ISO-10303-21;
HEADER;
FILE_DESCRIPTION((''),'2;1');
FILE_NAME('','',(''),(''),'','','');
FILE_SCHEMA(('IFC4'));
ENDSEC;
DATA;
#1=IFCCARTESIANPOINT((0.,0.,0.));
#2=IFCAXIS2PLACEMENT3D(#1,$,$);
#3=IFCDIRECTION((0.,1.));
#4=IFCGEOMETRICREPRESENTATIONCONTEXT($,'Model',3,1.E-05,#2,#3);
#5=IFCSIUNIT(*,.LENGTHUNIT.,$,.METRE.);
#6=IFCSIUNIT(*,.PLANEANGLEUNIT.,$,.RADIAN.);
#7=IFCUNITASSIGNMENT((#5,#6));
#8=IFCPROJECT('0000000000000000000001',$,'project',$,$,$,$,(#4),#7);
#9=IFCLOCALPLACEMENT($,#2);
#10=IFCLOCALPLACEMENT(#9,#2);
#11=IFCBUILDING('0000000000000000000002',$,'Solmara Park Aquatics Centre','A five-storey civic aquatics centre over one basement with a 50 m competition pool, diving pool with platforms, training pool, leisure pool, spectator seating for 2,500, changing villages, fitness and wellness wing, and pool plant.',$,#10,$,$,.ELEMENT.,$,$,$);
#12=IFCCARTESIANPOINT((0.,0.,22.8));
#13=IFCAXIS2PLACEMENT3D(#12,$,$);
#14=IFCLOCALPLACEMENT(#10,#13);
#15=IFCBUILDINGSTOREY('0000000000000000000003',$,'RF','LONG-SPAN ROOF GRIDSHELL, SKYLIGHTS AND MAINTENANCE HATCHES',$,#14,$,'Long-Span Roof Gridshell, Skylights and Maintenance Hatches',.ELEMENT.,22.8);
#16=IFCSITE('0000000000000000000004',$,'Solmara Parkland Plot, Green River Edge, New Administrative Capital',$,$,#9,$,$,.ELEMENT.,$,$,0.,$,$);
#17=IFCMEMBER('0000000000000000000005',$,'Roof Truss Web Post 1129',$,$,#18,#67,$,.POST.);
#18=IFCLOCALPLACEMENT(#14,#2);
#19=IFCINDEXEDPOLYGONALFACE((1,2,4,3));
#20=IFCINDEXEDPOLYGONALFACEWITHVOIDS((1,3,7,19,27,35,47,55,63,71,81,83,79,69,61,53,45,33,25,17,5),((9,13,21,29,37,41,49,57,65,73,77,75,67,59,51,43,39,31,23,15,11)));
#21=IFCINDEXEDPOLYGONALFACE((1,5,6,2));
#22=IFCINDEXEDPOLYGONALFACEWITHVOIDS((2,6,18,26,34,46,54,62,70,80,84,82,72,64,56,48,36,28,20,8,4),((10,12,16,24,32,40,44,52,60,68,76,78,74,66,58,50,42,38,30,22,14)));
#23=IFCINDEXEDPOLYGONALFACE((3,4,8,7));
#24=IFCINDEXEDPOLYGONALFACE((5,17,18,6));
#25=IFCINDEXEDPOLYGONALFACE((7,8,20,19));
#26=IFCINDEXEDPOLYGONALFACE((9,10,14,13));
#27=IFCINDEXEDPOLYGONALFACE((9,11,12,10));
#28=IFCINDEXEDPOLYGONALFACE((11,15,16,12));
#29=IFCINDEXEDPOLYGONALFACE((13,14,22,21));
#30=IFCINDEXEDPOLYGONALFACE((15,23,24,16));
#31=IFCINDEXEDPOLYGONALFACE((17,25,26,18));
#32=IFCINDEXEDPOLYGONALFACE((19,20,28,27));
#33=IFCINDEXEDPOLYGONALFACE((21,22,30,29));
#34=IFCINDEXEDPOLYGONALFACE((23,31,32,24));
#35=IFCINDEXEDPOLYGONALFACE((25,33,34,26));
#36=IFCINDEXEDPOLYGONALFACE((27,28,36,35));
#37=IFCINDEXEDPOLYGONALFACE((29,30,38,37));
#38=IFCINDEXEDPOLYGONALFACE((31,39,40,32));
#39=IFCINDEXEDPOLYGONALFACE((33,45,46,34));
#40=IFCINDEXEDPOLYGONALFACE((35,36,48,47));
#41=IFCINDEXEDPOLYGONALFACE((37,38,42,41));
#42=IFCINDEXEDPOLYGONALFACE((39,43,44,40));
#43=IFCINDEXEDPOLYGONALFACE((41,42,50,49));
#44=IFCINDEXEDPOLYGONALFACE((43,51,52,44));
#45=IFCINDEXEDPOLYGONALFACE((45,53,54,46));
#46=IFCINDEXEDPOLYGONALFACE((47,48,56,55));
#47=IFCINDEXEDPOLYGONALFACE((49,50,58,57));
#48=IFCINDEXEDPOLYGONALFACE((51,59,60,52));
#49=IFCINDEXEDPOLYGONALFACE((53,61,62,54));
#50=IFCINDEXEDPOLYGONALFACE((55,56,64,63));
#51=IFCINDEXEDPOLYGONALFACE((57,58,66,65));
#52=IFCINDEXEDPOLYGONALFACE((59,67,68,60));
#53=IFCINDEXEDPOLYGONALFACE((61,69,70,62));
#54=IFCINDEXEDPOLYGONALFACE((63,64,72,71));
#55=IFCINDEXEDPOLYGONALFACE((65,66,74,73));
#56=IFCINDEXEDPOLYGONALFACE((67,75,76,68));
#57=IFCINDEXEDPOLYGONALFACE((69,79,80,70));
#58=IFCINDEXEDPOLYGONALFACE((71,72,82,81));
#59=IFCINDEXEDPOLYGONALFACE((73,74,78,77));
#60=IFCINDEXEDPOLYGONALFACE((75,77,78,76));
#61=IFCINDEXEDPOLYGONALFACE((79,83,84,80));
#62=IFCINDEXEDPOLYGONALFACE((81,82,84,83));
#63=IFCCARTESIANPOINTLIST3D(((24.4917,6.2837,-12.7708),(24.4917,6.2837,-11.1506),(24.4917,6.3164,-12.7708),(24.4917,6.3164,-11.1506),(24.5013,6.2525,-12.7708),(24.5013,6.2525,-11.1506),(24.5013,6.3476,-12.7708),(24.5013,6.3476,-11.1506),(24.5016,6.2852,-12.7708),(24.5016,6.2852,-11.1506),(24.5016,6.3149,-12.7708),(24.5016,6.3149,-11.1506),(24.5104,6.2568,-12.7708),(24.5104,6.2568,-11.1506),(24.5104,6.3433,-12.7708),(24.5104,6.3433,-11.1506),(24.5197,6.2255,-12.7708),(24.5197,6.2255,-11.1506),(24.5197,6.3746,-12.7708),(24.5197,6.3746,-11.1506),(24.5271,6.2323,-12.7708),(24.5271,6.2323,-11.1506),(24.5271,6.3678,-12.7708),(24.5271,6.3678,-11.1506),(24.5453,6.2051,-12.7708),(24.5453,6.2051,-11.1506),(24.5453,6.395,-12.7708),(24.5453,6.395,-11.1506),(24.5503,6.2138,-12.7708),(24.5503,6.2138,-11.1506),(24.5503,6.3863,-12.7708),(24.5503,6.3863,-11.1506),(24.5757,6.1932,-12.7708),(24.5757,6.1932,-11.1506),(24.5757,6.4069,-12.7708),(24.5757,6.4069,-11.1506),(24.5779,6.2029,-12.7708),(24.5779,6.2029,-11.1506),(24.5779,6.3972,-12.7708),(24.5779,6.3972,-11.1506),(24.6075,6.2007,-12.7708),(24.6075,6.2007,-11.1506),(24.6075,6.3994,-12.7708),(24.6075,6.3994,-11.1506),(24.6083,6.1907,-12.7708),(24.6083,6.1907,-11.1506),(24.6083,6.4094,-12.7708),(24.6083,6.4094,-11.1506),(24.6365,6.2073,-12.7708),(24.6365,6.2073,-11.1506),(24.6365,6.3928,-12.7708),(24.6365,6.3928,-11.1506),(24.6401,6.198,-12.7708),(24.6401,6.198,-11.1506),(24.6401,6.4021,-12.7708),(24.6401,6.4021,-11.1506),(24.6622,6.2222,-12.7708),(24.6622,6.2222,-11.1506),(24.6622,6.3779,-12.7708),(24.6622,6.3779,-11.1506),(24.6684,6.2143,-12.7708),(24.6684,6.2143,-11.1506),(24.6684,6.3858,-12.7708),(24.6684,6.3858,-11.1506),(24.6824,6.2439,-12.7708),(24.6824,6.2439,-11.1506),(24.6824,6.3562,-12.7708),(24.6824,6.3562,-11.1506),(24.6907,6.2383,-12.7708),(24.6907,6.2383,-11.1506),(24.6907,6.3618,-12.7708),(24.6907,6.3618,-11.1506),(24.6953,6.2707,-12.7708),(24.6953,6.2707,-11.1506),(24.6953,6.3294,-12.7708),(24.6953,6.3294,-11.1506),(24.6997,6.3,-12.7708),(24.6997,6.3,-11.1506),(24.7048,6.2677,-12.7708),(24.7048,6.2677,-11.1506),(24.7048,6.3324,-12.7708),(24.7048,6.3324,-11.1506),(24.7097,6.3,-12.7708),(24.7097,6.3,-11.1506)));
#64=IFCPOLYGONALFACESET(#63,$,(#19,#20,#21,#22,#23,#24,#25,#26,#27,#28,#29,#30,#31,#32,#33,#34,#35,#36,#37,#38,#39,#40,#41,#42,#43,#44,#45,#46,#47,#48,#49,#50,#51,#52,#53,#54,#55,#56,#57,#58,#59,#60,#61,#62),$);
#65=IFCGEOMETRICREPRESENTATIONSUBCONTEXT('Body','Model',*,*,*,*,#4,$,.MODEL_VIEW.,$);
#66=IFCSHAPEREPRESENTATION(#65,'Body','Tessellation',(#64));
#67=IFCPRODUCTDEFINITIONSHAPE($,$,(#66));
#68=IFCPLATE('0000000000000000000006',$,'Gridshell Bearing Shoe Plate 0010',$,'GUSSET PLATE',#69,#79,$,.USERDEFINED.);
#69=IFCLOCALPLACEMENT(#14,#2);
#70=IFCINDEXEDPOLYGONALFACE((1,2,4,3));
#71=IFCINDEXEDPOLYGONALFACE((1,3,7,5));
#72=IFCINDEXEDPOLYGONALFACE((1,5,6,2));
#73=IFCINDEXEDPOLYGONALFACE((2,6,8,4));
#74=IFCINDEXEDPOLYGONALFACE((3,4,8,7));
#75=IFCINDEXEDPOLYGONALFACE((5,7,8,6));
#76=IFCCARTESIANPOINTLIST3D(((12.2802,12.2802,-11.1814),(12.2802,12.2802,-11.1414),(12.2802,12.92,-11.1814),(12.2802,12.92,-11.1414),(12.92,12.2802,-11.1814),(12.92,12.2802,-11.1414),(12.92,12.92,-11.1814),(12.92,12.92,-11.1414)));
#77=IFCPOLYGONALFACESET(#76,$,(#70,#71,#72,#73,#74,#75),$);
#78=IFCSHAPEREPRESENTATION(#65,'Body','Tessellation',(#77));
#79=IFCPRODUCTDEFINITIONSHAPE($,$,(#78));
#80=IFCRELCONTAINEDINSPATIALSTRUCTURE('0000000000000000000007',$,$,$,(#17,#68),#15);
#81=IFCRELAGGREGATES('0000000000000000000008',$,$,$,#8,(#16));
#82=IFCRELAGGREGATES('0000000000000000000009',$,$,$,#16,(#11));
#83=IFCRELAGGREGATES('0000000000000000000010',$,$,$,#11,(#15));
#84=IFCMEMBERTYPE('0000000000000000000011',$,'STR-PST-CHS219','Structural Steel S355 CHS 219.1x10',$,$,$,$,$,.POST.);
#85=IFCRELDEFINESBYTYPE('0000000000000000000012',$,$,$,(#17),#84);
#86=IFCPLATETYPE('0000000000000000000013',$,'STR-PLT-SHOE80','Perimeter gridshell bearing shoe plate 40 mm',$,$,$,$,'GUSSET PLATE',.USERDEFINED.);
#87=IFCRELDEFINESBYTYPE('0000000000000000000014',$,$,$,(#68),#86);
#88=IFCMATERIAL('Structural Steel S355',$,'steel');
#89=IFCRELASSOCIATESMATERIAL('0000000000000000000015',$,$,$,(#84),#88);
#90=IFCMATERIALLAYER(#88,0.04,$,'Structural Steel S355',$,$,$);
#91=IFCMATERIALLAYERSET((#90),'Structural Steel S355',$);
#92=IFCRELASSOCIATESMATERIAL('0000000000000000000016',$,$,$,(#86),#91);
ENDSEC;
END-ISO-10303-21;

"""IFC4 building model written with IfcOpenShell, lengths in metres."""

from ifc_helpers import new_model, si_unit, direction, frame, origin, origin_2d, place, context, subcontext, project, spatial, rectangle, hollow_circle, extrude, material, layer, layer_set, material_profile, profile_set, type_object, element, save


model = new_model("IFC4")

# Units and contexts
model_context = context("Model", 3, precision=1e-05, world=origin(), true_north=direction((0.0, 1.0)))
body_context = subcontext(model_context, "Body", "Model", "MODEL_VIEW")
ifc_project = project(units=[si_unit("LENGTHUNIT", "METRE"), si_unit("PLANEANGLEUNIT", "RADIAN")], contexts=[model_context])

# Site, building, storey
site_placement = place(None, origin())
site = spatial("IfcSite", under=ifc_project, at=site_placement, Name="Solmara Parkland Plot, Green River Edge, New Administrative Capital", CompositionType="ELEMENT", RefElevation=0.0)
building_placement = place(site_placement, origin())
building = spatial("IfcBuilding", under=site, at=building_placement, Name="Solmara Park Aquatics Centre", Description="A five-storey civic aquatics centre over one basement with a 50 m competition pool, diving pool with platforms, training pool, leisure pool, spectator seating for 2,500, changing villages, fitness and wellness wing, and pool plant.", CompositionType="ELEMENT")
storey_placement = place(building_placement, frame((0.0, 0.0, 22.8)))
storey = spatial("IfcBuildingStorey", under=building, at=storey_placement, Name="RF", Description="LONG-SPAN ROOF GRIDSHELL, SKYLIGHTS AND MAINTENANCE HATCHES", LongName="Long-Span Roof Gridshell, Skylights and Maintenance Hatches", CompositionType="ELEMENT", Elevation=22.8)

# Member
ifc_material_1 = material(Name="Structural Steel S355", Category="steel")
ifc_material_profile_1 = material_profile(ifc_material_1, hollow_circle(Radius=0.1096, WallThickness=0.01, at=origin_2d()), Name="CHS 219.1x10")
ifc_profile_set_1 = profile_set([ifc_material_profile_1], Name="Structural Steel S355")
member_type_1 = type_object("IfcMemberType", Name="STR-PST-CHS219", Description="Structural Steel S355 CHS 219.1x10", PredefinedType="POST", material=ifc_profile_set_1)
member_1_placement = place(storey_placement, frame((24.6001, 6.3, -12.7708), z_axis=(0.0, 0.0, 1.0), x_axis=(1.0, 0.0, 0.0)))
element("IfcMember", 1, at=member_1_placement, inside=storey, type_object=member_type_1, Name="Roof Truss Web Post 1129", PredefinedType="POST", context=body_context, shape_type="SweptSolid", body=[
    extrude(hollow_circle(Radius=0.1096, WallThickness=0.01, at=origin_2d()), origin(), (0.0, 0.0, 1.0), 1.6201),
])

# Plate
ifc_layer = layer(ifc_material_1, 0.04, Name="Structural Steel S355")
ifc_layer_set = layer_set([ifc_layer], Name="Structural Steel S355")
plate_type = type_object("IfcPlateType", Name="STR-PLT-SHOE80", Description="Perimeter gridshell bearing shoe plate 40 mm", ElementType="GUSSET PLATE", PredefinedType="USERDEFINED", material=ifc_layer_set)
plate_placement = place(storey_placement, frame((12.6001, 12.6001, -11.1814), z_axis=(0.0, 0.0, 1.0), x_axis=(1.0, 0.0, 0.0)))
element("IfcPlate", 2, at=plate_placement, inside=storey, type_object=plate_type, Name="Gridshell Bearing Shoe Plate 0010", ObjectType="GUSSET PLATE", PredefinedType="USERDEFINED", context=body_context, shape_type="SweptSolid", body=[
    extrude(rectangle(XDim=0.6399, YDim=0.6399, at=origin_2d()), origin(), (0.0, 0.0, 1.0), 0.04),
])

save(model, "model.ifc")
